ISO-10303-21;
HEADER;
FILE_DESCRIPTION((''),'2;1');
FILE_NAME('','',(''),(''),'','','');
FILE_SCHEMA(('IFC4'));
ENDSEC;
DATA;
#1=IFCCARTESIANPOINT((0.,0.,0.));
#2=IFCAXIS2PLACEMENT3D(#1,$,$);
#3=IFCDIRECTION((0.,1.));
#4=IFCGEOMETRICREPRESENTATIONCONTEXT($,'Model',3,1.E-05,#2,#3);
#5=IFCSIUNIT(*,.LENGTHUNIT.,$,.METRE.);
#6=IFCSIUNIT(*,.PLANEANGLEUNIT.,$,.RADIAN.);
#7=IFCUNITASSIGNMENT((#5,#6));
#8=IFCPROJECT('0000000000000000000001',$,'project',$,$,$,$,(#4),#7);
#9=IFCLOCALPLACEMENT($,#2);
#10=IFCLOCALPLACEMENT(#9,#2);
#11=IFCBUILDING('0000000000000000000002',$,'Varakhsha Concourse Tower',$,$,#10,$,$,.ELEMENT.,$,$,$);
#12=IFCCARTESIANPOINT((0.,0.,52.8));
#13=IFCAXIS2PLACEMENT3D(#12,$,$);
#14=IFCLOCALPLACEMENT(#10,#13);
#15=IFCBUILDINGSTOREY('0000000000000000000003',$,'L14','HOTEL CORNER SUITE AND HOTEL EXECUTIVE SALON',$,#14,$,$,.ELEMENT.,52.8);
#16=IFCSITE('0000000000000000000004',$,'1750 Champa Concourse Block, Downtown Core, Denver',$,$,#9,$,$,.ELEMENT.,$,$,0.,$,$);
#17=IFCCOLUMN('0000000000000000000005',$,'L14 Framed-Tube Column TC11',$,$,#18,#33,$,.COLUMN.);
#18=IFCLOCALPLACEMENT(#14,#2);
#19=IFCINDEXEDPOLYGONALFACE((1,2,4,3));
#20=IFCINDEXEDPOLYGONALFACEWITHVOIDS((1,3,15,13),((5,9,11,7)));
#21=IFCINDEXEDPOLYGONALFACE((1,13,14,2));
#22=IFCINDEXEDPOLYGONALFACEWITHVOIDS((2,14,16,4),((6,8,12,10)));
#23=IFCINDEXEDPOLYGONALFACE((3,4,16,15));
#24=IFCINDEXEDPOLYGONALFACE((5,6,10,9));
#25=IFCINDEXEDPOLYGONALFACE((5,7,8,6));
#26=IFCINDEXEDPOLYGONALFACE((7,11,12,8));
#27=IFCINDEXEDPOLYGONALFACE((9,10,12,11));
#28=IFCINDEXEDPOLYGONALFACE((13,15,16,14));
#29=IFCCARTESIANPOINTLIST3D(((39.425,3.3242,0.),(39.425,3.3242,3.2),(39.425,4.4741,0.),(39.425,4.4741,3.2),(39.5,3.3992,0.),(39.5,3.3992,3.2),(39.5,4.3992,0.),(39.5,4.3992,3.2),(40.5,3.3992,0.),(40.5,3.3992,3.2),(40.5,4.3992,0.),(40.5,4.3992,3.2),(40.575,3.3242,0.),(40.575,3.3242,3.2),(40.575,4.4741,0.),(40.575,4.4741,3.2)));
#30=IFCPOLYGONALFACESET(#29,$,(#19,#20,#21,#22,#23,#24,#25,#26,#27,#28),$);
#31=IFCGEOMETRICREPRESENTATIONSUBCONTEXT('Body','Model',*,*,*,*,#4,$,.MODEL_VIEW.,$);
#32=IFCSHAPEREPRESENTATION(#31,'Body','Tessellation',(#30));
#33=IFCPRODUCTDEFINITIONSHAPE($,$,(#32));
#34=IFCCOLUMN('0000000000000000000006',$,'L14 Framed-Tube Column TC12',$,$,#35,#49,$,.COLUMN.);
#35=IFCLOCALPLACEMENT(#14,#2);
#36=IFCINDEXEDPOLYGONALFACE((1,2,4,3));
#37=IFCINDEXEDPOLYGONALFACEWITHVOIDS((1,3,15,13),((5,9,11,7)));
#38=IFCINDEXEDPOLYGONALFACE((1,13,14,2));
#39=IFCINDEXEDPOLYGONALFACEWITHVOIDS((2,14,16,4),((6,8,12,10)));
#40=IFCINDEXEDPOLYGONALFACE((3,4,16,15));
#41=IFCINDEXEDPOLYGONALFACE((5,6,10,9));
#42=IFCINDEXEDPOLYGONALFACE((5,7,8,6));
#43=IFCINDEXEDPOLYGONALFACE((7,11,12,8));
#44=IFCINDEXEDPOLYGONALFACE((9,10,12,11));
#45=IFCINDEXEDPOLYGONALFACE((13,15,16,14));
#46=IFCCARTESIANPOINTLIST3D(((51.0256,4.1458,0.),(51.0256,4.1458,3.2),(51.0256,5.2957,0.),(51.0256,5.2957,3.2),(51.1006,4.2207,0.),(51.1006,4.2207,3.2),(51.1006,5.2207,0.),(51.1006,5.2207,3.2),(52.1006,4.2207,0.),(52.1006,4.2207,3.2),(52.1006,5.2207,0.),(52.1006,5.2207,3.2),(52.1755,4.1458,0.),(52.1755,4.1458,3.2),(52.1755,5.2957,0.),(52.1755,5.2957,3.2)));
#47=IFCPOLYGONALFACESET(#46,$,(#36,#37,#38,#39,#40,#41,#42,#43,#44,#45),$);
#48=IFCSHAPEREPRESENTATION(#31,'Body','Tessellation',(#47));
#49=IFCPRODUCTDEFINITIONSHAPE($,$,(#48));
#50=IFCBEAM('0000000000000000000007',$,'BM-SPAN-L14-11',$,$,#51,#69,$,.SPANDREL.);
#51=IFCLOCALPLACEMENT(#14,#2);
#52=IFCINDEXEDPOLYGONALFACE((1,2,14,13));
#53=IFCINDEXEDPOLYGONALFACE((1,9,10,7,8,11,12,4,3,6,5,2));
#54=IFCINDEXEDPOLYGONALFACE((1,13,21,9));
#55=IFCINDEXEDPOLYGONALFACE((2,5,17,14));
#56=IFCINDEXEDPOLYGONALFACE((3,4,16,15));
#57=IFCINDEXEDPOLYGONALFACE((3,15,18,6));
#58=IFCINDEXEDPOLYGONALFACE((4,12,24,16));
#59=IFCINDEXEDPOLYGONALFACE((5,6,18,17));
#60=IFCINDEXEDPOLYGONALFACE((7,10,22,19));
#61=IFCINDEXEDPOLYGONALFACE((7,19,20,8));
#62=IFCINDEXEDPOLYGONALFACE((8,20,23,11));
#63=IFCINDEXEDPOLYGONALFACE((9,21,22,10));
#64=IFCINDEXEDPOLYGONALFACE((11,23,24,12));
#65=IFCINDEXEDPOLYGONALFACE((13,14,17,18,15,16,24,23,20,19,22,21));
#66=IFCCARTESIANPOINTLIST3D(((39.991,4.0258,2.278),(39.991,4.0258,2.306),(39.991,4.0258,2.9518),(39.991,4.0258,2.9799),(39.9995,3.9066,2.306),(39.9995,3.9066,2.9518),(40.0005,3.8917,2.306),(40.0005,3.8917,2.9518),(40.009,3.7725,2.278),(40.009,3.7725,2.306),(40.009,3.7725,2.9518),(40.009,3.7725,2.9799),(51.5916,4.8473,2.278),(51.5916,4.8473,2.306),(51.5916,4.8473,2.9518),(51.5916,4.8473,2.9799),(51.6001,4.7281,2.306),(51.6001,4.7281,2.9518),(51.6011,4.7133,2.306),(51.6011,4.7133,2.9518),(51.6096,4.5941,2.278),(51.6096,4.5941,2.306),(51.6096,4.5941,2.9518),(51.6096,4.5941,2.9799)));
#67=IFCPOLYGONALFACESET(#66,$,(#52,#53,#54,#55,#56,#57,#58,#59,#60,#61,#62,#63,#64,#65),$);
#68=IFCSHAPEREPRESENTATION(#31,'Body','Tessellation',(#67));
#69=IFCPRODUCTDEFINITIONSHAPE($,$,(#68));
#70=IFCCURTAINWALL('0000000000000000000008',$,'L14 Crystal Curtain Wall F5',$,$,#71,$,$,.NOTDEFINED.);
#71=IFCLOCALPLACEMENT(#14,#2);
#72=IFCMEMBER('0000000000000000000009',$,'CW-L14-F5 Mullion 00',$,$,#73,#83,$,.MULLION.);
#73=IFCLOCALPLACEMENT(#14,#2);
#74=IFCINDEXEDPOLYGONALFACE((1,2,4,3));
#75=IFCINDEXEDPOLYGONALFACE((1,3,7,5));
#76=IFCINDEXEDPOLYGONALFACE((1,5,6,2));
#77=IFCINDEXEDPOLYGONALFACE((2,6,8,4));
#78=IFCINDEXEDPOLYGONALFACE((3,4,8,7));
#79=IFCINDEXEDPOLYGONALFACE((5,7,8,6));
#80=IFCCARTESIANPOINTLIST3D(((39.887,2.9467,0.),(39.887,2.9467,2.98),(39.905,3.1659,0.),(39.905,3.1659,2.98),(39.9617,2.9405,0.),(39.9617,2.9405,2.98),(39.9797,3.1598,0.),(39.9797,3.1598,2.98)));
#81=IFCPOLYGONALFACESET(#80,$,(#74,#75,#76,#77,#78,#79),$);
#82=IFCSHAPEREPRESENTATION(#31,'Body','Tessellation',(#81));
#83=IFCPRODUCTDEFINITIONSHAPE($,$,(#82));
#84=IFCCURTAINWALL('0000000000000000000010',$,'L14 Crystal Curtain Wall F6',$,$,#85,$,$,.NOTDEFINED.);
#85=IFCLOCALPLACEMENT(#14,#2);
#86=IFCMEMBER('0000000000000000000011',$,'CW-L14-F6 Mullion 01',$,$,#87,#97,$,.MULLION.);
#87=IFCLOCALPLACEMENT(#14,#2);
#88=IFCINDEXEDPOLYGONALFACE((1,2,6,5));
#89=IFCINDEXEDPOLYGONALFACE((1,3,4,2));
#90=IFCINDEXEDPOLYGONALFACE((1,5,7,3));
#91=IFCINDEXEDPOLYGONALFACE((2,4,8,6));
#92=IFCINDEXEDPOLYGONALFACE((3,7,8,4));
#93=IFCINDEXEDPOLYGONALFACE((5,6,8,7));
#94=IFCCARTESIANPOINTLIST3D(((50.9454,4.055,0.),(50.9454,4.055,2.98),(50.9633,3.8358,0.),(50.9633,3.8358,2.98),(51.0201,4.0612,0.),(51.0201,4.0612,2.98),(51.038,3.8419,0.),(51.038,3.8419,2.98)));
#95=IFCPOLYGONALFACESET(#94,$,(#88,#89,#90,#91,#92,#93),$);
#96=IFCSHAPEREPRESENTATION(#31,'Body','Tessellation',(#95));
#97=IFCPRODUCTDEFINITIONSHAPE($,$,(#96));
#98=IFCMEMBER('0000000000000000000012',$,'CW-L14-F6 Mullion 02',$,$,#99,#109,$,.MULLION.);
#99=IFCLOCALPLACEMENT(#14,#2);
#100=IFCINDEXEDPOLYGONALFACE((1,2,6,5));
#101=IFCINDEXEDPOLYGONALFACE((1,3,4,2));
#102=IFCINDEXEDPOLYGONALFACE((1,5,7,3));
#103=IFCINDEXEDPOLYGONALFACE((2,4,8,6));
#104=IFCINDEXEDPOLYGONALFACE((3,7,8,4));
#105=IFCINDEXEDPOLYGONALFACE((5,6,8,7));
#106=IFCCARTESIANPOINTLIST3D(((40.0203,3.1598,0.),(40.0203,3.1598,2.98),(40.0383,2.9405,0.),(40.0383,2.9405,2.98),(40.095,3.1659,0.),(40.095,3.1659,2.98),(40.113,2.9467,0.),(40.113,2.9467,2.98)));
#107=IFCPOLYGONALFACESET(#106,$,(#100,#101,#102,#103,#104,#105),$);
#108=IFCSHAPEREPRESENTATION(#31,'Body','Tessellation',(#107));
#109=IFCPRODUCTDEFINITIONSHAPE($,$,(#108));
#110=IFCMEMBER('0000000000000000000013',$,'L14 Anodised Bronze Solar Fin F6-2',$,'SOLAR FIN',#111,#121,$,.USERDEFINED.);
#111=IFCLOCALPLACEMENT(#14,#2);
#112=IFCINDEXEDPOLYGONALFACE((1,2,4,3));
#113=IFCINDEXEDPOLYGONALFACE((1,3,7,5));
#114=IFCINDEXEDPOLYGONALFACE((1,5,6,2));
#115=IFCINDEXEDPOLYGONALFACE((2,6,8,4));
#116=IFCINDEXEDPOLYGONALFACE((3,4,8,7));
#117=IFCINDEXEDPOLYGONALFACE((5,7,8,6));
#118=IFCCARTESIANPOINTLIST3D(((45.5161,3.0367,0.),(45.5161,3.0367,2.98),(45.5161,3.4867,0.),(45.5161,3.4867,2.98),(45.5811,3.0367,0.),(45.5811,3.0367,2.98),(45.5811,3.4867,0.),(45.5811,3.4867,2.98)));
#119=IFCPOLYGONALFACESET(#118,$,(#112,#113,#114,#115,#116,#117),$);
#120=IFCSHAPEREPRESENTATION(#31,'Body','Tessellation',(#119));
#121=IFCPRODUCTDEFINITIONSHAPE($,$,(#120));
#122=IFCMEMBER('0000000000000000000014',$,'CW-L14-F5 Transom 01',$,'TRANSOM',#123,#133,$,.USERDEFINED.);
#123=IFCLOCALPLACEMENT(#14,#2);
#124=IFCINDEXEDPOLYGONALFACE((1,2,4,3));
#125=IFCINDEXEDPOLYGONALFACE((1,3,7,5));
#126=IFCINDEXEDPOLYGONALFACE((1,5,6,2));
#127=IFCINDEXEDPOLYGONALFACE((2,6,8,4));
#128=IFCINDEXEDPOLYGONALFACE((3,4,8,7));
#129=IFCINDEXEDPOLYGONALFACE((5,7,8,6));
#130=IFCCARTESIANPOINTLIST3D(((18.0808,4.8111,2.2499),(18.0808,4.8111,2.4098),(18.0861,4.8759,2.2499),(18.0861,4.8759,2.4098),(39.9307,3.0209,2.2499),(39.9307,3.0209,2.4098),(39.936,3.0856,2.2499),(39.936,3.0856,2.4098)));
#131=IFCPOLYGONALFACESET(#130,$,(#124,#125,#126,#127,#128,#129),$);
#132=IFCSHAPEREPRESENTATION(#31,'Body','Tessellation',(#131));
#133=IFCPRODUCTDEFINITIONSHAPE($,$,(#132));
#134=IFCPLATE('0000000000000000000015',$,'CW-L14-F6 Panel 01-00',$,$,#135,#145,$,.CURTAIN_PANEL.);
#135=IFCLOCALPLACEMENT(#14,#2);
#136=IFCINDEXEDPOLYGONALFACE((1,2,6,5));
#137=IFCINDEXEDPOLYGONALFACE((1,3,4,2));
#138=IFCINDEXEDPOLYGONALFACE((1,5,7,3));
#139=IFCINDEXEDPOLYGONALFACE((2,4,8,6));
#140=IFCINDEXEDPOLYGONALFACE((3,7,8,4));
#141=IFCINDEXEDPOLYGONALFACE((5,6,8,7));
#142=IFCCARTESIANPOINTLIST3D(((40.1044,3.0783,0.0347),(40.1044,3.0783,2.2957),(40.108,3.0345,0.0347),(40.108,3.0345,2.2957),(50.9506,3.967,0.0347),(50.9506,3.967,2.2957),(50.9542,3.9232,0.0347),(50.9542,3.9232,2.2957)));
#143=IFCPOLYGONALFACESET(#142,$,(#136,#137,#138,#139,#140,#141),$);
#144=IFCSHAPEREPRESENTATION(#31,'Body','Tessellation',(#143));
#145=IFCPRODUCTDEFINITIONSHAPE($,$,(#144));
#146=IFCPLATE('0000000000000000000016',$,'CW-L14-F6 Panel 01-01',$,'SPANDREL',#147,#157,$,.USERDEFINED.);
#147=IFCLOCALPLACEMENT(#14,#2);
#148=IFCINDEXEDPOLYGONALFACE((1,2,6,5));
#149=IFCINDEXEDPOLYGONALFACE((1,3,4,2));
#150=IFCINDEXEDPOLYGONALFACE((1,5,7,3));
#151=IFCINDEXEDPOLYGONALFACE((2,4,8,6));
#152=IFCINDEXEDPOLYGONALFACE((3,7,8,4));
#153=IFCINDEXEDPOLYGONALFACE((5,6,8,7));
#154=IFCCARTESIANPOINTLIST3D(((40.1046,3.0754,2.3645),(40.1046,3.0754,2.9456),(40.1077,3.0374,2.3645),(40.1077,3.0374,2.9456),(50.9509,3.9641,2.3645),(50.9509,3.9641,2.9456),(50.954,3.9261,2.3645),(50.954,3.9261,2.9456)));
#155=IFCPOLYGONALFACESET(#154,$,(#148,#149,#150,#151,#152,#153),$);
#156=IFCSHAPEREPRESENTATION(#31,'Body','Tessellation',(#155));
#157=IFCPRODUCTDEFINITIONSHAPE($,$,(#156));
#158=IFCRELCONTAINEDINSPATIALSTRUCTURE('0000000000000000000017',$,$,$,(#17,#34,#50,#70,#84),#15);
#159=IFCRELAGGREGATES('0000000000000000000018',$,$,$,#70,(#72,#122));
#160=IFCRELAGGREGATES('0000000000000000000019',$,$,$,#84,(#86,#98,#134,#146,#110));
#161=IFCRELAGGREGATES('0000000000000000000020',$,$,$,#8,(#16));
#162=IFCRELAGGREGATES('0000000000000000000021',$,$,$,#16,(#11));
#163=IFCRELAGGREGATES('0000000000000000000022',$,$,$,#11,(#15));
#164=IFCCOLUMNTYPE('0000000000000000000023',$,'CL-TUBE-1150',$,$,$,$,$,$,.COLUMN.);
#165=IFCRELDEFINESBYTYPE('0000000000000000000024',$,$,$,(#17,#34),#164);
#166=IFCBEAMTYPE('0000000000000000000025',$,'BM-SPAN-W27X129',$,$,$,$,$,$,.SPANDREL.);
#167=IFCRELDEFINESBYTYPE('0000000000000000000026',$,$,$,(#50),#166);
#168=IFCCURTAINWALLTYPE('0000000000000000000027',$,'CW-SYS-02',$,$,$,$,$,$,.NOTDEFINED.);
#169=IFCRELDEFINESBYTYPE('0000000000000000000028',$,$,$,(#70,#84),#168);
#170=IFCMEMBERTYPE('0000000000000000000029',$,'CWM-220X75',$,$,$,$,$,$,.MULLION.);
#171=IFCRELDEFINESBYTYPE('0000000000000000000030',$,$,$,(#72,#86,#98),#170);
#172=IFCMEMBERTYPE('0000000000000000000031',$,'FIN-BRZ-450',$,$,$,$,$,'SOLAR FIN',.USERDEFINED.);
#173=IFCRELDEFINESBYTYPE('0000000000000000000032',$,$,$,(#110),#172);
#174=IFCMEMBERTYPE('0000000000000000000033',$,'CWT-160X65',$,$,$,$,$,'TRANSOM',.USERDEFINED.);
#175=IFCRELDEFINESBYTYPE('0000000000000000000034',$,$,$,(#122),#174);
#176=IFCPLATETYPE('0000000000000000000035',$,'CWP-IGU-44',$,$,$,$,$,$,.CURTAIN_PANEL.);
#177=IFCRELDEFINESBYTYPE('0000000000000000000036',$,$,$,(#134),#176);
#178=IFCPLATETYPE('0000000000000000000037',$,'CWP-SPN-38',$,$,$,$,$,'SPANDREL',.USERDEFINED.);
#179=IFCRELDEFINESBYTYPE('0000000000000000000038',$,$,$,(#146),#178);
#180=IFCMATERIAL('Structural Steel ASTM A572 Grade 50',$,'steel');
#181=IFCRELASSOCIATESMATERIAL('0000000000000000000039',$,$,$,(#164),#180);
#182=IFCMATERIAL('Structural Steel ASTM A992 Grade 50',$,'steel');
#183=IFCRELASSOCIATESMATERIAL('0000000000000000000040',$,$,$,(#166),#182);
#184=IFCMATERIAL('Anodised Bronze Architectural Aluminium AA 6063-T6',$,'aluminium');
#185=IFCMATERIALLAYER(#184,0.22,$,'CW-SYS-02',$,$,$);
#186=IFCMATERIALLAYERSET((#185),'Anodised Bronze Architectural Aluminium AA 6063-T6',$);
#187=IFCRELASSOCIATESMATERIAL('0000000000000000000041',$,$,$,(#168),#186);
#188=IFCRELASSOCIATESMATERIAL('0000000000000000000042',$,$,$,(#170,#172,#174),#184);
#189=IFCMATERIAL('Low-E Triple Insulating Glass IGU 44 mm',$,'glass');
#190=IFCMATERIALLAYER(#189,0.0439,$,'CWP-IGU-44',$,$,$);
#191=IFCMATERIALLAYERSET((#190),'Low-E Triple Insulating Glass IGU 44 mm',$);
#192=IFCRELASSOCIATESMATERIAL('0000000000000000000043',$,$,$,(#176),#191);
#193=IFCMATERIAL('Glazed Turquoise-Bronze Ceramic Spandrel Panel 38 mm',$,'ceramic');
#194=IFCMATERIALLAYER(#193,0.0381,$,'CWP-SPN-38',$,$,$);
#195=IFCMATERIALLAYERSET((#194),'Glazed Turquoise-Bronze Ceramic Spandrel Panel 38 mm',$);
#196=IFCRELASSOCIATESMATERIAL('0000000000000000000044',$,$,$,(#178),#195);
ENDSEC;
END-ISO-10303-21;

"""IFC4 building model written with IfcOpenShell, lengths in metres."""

from ifc_helpers import new_model, si_unit, direction, frame, origin, origin_2d, place, context, subcontext, project, spatial, rectangle, hollow_rectangle, i_section, extrude, source, transform, mapped, material, layer, layer_set, material_profile, profile_set, type_object, type_shapes, element, aggregate, save


model = new_model("IFC4")

# Units and contexts
model_context = context("Model", 3, precision=1e-05, world=origin(), true_north=direction((0.0, 1.0)))
body_context = subcontext(model_context, "Body", "Model", "MODEL_VIEW")
ifc_project = project(units=[si_unit("LENGTHUNIT", "METRE"), si_unit("PLANEANGLEUNIT", "RADIAN")], contexts=[model_context])

# Site, building, storey
site_placement = place(None, origin())
site = spatial("IfcSite", under=ifc_project, at=site_placement, Name="1750 Champa Concourse Block, Downtown Core, Denver", CompositionType="ELEMENT", RefElevation=0.0)
building_placement = place(site_placement, origin())
building = spatial("IfcBuilding", under=site, at=building_placement, Name="Varakhsha Concourse Tower", CompositionType="ELEMENT")
storey_placement = place(building_placement, frame((0.0, 0.0, 52.8)))
storey = spatial("IfcBuildingStorey", under=building, at=storey_placement, Name="L14", Description="HOTEL CORNER SUITE AND HOTEL EXECUTIVE SALON", CompositionType="ELEMENT", Elevation=52.8)

# Columns
ifc_material_1 = material(Name="Structural Steel ASTM A572 Grade 50", Category="steel")
ifc_material_profile_1 = material_profile(ifc_material_1, hollow_rectangle(XDim=1.1499, YDim=1.1499, WallThickness=0.075, at=origin_2d()), Name="BOX 1150x1150x75")
ifc_profile_set_1 = profile_set([ifc_material_profile_1], Name="Structural Steel ASTM A572 Grade 50")
column_type = type_object("IfcColumnType", Name="CL-TUBE-1150", PredefinedType="COLUMN", material=ifc_profile_set_1)
for number, where, z_axis, x_axis, name in (
    (1, (40.0, 3.8992, 0.0), (0.0, 0.0, 1.0), (1.0, 0.0, 0.0), "L14 Framed-Tube Column TC11"),
    (2, (51.6006, 4.7207, 0.0), (0.0, 0.0, 1.0), (1.0, 0.0, 0.0), "L14 Framed-Tube Column TC12"),
):
    element("IfcColumn", number, at=place(storey_placement, frame(where, z_axis=z_axis, x_axis=x_axis)), inside=storey, type_object=column_type, Name=name, PredefinedType="COLUMN", context=body_context, shape_type="SweptSolid", body=[
        extrude(hollow_rectangle(XDim=1.1499, YDim=1.1499, WallThickness=0.075, at=origin_2d()), origin(), (0.0, 0.0, 1.0), 3.2),
    ])

# Beam
ifc_material_2 = material(Name="Structural Steel ASTM A992 Grade 50", Category="steel")
ifc_material_profile_2 = material_profile(ifc_material_2, i_section(OverallWidth=0.2539, OverallDepth=0.7019, WebThickness=0.0149, FlangeThickness=0.0281, at=origin_2d()), Name="W27X129")
ifc_profile_set_2 = profile_set([ifc_material_profile_2], Name="Structural Steel ASTM A992 Grade 50")
beam_type = type_object("IfcBeamType", Name="BM-SPAN-W27X129", PredefinedType="SPANDREL", material=ifc_profile_set_2)
beam_placement = place(storey_placement, frame((40.0, 3.8992, 2.6289), z_axis=(0.997502, 0.070641, 0.0), x_axis=(-0.070641, 0.997502, 0.0)))
element("IfcBeam", 3, at=beam_placement, inside=storey, type_object=beam_type, Name="BM-SPAN-L14-11", PredefinedType="SPANDREL", context=body_context, shape_type="SweptSolid", body=[
    extrude(i_section(OverallWidth=0.2539, OverallDepth=0.7019, WebThickness=0.0149, FlangeThickness=0.0281, at=origin_2d()), origin(), (0.0, 0.0, 1.0), 11.6296),
])

# Curtain wall, member
ifc_material_3 = material(Name="Anodised Bronze Architectural Aluminium AA 6063-T6", Category="aluminium")
ifc_layer_1 = layer(ifc_material_3, 0.22, Name="CW-SYS-02")
ifc_layer_set_1 = layer_set([ifc_layer_1], Name="Anodised Bronze Architectural Aluminium AA 6063-T6")
curtain_wall_type = type_object("IfcCurtainWallType", Name="CW-SYS-02", PredefinedType="NOTDEFINED", material=ifc_layer_set_1)
curtain_wall_1_placement = place(storey_placement, origin())
curtain_wall_1 = element("IfcCurtainWall", 4, at=curtain_wall_1_placement, inside=storey, type_object=curtain_wall_type, Name="L14 Crystal Curtain Wall F5", PredefinedType="NOTDEFINED")
ifc_material_profile_3 = material_profile(ifc_material_3, rectangle(XDim=0.075, YDim=0.22, at=origin_2d()), Name="CWM-220X75")
ifc_profile_set_3 = profile_set([ifc_material_profile_3], Name="Anodised Bronze Architectural Aluminium AA 6063-T6")
member_type_1 = type_object("IfcMemberType", Name="CWM-220X75", PredefinedType="MULLION", material=ifc_profile_set_3)
shared_shape_1 = source(origin(), body_context, "Body", "SweptSolid", [
    extrude(rectangle(XDim=0.075, YDim=0.22, at=origin_2d()), origin(), (0.0, 0.0, 1.0), 2.98),
])
type_shapes(member_type_1, [shared_shape_1])
member_1_placement = place(storey_placement, frame((39.9333, 3.0532, 0.0), z_axis=(0.0, 0.0, 1.0), x_axis=(-0.99666, 0.081664, 0.0)))
member_1 = element("IfcMember", 5, at=member_1_placement, type_object=member_type_1, Name="CW-L14-F5 Mullion 00", PredefinedType="MULLION", context=body_context, shape_type="MappedRepresentation", body=[
    mapped(shared_shape_1, transform((0.0, 0.0, 0.0), scale=1.0)),
])

# Curtain wall, members
curtain_wall_2_placement = place(storey_placement, origin())
curtain_wall_2 = element("IfcCurtainWall", 6, at=curtain_wall_2_placement, inside=storey, type_object=curtain_wall_type, Name="L14 Crystal Curtain Wall F6", PredefinedType="NOTDEFINED")
member_2_placement = place(storey_placement, frame((50.9917, 3.9485, 0.0), z_axis=(0.0, 0.0, 1.0), x_axis=(-0.99666, -0.081664, 0.0)))
member_2 = element("IfcMember", 7, at=member_2_placement, type_object=member_type_1, Name="CW-L14-F6 Mullion 01", PredefinedType="MULLION", context=body_context, shape_type="MappedRepresentation", body=[
    mapped(shared_shape_1, transform((0.0, 0.0, 0.0), scale=1.0)),
])
member_3_placement = place(storey_placement, frame((40.0667, 3.0532, 0.0), z_axis=(0.0, 0.0, 1.0), x_axis=(-0.99666, -0.081664, 0.0)))
member_3 = element("IfcMember", 8, at=member_3_placement, type_object=member_type_1, Name="CW-L14-F6 Mullion 02", PredefinedType="MULLION", context=body_context, shape_type="MappedRepresentation", body=[
    mapped(shared_shape_1, transform((0.0, 0.0, 0.0), scale=1.0)),
])
ifc_material_profile_4 = material_profile(ifc_material_3, rectangle(XDim=0.0649, YDim=0.45, at=origin_2d()), Name="FIN-BRZ-450")
ifc_profile_set_4 = profile_set([ifc_material_profile_4], Name="Anodised Bronze Architectural Aluminium AA 6063-T6")
member_type_2 = type_object("IfcMemberType", Name="FIN-BRZ-450", ElementType="SOLAR FIN", PredefinedType="USERDEFINED", material=ifc_profile_set_4)
shared_shape_2 = source(origin(), body_context, "Body", "SweptSolid", [
    extrude(rectangle(XDim=0.0649, YDim=0.45, at=origin_2d()), origin(), (0.0, 0.0, 1.0), 2.98),
])
type_shapes(member_type_2, [shared_shape_2])
member_4_placement = place(storey_placement, frame((45.5486, 3.2617, 0.0), z_axis=(0.0, 0.0, 1.0), x_axis=(1.0, 0.0, 0.0)))
member_4 = element("IfcMember", 9, at=member_4_placement, type_object=member_type_2, Name="L14 Anodised Bronze Solar Fin F6-2", ObjectType="SOLAR FIN", PredefinedType="USERDEFINED", context=body_context, shape_type="MappedRepresentation", body=[
    mapped(shared_shape_2, transform((0.0, 0.0, 0.0), scale=1.0)),
])

# Member
ifc_material_profile_5 = material_profile(ifc_material_3, rectangle(XDim=0.0649, YDim=0.1599, at=origin_2d()), Name="CWT-160X65")
ifc_profile_set_5 = profile_set([ifc_material_profile_5], Name="Anodised Bronze Architectural Aluminium AA 6063-T6")
member_type_3 = type_object("IfcMemberType", Name="CWT-160X65", ElementType="TRANSOM", PredefinedType="USERDEFINED", material=ifc_profile_set_5)
shared_shape_3 = source(origin(), body_context, "Body", "SweptSolid", [
    extrude(rectangle(XDim=0.0649, YDim=0.1599, at=origin_2d()), origin(), (0.0, 0.0, 1.0), 21.9231),
])
type_shapes(member_type_3, [shared_shape_3])
member_5_placement = place(storey_placement, frame((39.9333, 3.0532, 2.3298), z_axis=(-0.99666, 0.081662, 0.0), x_axis=(-0.081662, -0.99666, 0.0)))
member_5 = element("IfcMember", 10, at=member_5_placement, type_object=member_type_3, Name="CW-L14-F5 Transom 01", ObjectType="TRANSOM", PredefinedType="USERDEFINED", context=body_context, shape_type="MappedRepresentation", body=[
    mapped(shared_shape_3, transform((0.0, 0.0, 0.0), scale=1.0)),
])
aggregate(curtain_wall_1, [member_1, member_5])

# Plates
ifc_material_4 = material(Name="Low-E Triple Insulating Glass IGU 44 mm", Category="glass")
ifc_layer_2 = layer(ifc_material_4, 0.0439, Name="CWP-IGU-44")
ifc_layer_set_2 = layer_set([ifc_layer_2], Name="Low-E Triple Insulating Glass IGU 44 mm")
plate_type_1 = type_object("IfcPlateType", Name="CWP-IGU-44", PredefinedType="CURTAIN_PANEL", material=ifc_layer_set_2)
shared_shape_4 = source(origin(), body_context, "Body", "SweptSolid", [
    extrude(rectangle(XDim=10.8826, YDim=0.0439, at=origin_2d()), origin(), (0.0, 0.0, 1.0), 2.261),
])
type_shapes(plate_type_1, [shared_shape_4])
plate_1_placement = place(storey_placement, frame((45.5293, 3.5007, 0.0347), z_axis=(0.0, 0.0, 1.0), x_axis=(-0.99666, -0.081664, 0.0)))
plate_1 = element("IfcPlate", 11, at=plate_1_placement, type_object=plate_type_1, Name="CW-L14-F6 Panel 01-00", PredefinedType="CURTAIN_PANEL", context=body_context, shape_type="MappedRepresentation", body=[
    mapped(shared_shape_4, transform((0.0, 0.0, 0.0), scale=1.0)),
])
ifc_material_5 = material(Name="Glazed Turquoise-Bronze Ceramic Spandrel Panel 38 mm", Category="ceramic")
ifc_layer_3 = layer(ifc_material_5, 0.0381, Name="CWP-SPN-38")
ifc_layer_set_3 = layer_set([ifc_layer_3], Name="Glazed Turquoise-Bronze Ceramic Spandrel Panel 38 mm")
plate_type_2 = type_object("IfcPlateType", Name="CWP-SPN-38", ElementType="SPANDREL", PredefinedType="USERDEFINED", material=ifc_layer_set_3)
shared_shape_5 = source(origin(), body_context, "Body", "SweptSolid", [
    extrude(rectangle(XDim=10.8826, YDim=0.0381, at=origin_2d()), origin(), (0.0, 0.0, 1.0), 0.5811),
])
type_shapes(plate_type_2, [shared_shape_5])
plate_2_placement = place(storey_placement, frame((45.5293, 3.5007, 2.3645), z_axis=(0.0, 0.0, 1.0), x_axis=(-0.99666, -0.081664, 0.0)))
plate_2 = element("IfcPlate", 12, at=plate_2_placement, type_object=plate_type_2, Name="CW-L14-F6 Panel 01-01", ObjectType="SPANDREL", PredefinedType="USERDEFINED", context=body_context, shape_type="MappedRepresentation", body=[
    mapped(shared_shape_5, transform((0.0, 0.0, 0.0), scale=1.0)),
])
aggregate(curtain_wall_2, [member_2, member_3, plate_1, plate_2, member_4])

save(model, "model.ifc")
